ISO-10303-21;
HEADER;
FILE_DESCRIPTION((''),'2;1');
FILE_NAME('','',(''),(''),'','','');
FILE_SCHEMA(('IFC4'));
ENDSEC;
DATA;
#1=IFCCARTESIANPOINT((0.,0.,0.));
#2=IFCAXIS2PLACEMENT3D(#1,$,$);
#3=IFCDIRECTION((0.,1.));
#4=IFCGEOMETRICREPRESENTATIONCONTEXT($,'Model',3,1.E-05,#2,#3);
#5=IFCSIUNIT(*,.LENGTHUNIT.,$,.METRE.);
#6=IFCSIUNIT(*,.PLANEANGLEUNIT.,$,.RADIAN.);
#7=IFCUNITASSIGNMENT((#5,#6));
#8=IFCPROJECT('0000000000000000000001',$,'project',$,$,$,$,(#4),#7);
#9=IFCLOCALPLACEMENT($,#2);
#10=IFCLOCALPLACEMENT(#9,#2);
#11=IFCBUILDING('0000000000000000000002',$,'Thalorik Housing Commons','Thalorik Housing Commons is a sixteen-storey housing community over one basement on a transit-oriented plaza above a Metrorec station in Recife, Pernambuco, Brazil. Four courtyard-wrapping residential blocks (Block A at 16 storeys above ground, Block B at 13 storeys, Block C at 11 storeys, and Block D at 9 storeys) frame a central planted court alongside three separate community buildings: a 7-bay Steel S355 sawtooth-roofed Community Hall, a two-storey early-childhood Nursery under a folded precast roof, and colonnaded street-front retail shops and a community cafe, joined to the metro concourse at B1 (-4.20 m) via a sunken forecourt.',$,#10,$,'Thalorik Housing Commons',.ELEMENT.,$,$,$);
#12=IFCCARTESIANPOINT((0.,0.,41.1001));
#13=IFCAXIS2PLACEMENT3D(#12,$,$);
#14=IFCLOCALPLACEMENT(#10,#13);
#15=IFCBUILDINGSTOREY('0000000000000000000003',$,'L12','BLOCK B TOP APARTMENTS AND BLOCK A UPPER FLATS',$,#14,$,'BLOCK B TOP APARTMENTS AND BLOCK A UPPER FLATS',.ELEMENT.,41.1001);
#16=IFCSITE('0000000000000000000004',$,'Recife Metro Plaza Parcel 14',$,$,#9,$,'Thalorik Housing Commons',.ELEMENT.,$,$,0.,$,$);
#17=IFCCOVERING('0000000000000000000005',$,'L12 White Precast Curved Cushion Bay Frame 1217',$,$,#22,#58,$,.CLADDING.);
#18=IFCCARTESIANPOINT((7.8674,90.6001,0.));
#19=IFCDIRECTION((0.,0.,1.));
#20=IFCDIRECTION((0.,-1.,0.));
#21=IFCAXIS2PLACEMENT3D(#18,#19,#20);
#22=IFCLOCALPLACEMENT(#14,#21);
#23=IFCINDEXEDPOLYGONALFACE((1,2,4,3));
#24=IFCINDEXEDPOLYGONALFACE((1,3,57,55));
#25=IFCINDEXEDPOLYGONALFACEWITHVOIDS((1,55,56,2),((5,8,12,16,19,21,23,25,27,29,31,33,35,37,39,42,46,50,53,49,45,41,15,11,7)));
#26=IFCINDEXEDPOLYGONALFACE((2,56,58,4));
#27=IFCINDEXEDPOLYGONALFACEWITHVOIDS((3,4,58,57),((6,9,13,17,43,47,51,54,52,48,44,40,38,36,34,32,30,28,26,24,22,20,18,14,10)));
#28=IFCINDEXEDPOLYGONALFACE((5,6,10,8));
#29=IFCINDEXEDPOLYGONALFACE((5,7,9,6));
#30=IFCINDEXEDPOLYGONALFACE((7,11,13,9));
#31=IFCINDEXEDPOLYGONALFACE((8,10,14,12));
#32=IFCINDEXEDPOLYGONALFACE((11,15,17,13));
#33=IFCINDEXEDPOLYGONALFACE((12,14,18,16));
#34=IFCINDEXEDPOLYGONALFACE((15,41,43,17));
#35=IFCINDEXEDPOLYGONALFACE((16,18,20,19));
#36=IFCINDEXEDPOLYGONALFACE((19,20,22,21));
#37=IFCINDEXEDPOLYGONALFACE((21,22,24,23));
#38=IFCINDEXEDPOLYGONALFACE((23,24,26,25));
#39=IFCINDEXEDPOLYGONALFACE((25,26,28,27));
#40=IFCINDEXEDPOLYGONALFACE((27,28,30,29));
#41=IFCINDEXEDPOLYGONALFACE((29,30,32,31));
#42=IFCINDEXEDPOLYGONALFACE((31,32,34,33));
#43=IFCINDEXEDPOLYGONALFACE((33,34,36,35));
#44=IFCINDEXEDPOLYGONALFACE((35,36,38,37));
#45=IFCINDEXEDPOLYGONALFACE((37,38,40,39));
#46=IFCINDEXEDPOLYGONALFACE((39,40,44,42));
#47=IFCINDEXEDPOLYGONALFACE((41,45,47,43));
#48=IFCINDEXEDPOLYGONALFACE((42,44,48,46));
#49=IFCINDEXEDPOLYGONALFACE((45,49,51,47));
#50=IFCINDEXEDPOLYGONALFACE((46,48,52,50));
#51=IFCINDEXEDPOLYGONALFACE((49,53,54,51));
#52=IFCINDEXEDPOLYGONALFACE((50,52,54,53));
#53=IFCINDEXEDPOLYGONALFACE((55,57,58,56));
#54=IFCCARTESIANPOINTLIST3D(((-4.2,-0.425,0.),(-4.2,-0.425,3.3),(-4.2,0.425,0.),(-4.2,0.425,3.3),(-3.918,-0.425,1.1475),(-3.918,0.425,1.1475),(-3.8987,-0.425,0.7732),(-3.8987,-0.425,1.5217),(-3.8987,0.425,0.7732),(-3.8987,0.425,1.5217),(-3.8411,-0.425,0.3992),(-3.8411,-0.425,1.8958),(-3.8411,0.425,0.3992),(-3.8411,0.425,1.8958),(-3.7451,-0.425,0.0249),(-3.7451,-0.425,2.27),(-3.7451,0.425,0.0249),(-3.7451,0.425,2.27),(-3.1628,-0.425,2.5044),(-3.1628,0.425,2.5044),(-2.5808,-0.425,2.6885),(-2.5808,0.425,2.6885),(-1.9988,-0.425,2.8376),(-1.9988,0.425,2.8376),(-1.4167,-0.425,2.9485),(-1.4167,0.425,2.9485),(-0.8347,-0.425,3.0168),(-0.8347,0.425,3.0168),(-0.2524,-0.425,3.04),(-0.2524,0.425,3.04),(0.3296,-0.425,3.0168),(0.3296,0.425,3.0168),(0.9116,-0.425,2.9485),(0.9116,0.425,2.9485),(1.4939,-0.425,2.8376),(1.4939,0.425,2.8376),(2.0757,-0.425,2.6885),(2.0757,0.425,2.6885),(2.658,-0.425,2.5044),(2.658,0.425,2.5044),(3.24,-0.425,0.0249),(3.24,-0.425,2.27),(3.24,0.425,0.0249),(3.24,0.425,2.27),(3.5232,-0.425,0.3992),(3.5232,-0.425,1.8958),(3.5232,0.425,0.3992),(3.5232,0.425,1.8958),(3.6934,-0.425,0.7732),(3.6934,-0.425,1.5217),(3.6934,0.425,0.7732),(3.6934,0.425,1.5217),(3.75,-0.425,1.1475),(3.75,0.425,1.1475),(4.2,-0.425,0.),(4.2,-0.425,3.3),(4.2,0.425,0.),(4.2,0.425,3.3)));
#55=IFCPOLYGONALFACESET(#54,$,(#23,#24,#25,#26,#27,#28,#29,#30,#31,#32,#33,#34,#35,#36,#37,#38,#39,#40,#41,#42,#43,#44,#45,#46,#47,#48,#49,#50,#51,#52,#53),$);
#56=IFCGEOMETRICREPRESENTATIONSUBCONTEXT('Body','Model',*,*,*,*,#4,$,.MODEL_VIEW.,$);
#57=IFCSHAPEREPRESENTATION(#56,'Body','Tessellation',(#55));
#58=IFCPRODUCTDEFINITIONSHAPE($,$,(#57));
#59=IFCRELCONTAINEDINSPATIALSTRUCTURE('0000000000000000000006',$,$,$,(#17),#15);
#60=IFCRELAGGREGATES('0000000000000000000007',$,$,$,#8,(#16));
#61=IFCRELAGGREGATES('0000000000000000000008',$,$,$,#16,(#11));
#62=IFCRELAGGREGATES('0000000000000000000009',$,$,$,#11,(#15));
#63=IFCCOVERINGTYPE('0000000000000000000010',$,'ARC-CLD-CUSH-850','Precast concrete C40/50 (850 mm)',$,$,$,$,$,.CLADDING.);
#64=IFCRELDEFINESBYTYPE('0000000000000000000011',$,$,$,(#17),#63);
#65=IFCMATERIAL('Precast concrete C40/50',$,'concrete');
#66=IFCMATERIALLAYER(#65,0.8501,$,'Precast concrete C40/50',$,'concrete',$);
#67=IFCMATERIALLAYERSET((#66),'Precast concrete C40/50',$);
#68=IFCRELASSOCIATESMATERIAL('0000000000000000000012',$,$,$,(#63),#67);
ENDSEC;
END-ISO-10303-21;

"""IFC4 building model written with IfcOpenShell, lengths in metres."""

from ifc_helpers import new_model, si_unit, direction, frame, origin, place, context, subcontext, project, spatial, polyline, outline, extrude, material, layer, layer_set, type_object, element, save


model = new_model("IFC4")

# Units and contexts
model_context = context("Model", 3, precision=1e-05, world=origin(), true_north=direction((0.0, 1.0)))
body_context = subcontext(model_context, "Body", "Model", "MODEL_VIEW")
ifc_project = project(units=[si_unit("LENGTHUNIT", "METRE"), si_unit("PLANEANGLEUNIT", "RADIAN")], contexts=[model_context])

# Site, building, storey
site_placement = place(None, origin())
site = spatial("IfcSite", under=ifc_project, at=site_placement, Name="Recife Metro Plaza Parcel 14", LongName="Thalorik Housing Commons", CompositionType="ELEMENT", RefElevation=0.0)
building_placement = place(site_placement, origin())
building = spatial("IfcBuilding", under=site, at=building_placement, Name="Thalorik Housing Commons", Description="Thalorik Housing Commons is a sixteen-storey housing community over one basement on a transit-oriented plaza above a Metrorec station in Recife, Pernambuco, Brazil. Four courtyard-wrapping residential blocks (Block A at 16 storeys above ground, Block B at 13 storeys, Block C at 11 storeys, and Block D at 9 storeys) frame a central planted court alongside three separate community buildings: a 7-bay Steel S355 sawtooth-roofed Community Hall, a two-storey early-childhood Nursery under a folded precast roof, and colonnaded street-front retail shops and a community cafe, joined to the metro concourse at B1 (-4.20 m) via a sunken forecourt.", LongName="Thalorik Housing Commons", CompositionType="ELEMENT")
storey_placement = place(building_placement, frame((0.0, 0.0, 41.1001)))
storey = spatial("IfcBuildingStorey", under=building, at=storey_placement, Name="L12", Description="BLOCK B TOP APARTMENTS AND BLOCK A UPPER FLATS", LongName="BLOCK B TOP APARTMENTS AND BLOCK A UPPER FLATS", CompositionType="ELEMENT", Elevation=41.1001)

# Shared definitions
ifc_material_1 = material(Name="Precast concrete C40/50", Category="concrete")

# Covering
ifc_layer_1 = layer(ifc_material_1, 0.8501, Name="Precast concrete C40/50", Category="concrete")
ifc_layer_set_1 = layer_set([ifc_layer_1], Name="Precast concrete C40/50")
covering_type = type_object("IfcCoveringType", Name="ARC-CLD-CUSH-850", Description="Precast concrete C40/50 (850 mm)", PredefinedType="CLADDING", material=ifc_layer_set_1)
covering_placement = place(storey_placement, frame((7.8674, 90.6001, 0.0), z_axis=(0.0, 0.0, 1.0), x_axis=(0.0, -1.0, 0.0)))
element("IfcCovering", 1, at=covering_placement, inside=storey, type_object=covering_type, Name="L12 White Precast Curved Cushion Bay Frame 1217", PredefinedType="CLADDING", context=body_context, shape_type="SweptSolid", body=[
    extrude(outline(polyline([(-4.2, 0.0), (4.2, 0.0), (4.2, 3.3), (-4.2, 3.3), (-4.2, 0.0)]), holes=[polyline([(3.24, 0.0249), (3.5232, 0.3992), (3.6934, 0.7732), (3.75, 1.1475), (3.6934, 1.5217), (3.5232, 1.8958), (3.24, 2.27), (2.658, 2.5044), (2.0757, 2.6885), (1.4939, 2.8376), (0.9116, 2.9485), (0.3296, 3.0168), (-0.2524, 3.04), (-0.8347, 3.0168), (-1.4167, 2.9485), (-1.9988, 2.8376), (-2.5808, 2.6885), (-3.1628, 2.5044), (-3.7451, 2.27), (-3.8411, 1.8958), (-3.8987, 1.5217), (-3.918, 1.1475), (-3.8987, 0.7732), (-3.8411, 0.3992), (-3.7451, 0.0249), (3.24, 0.0249)])]), frame((0.0, 0.425, 0.0), z_axis=(0.0, -1.0, 0.0), x_axis=(1.0, 0.0, 0.0)), (0.0, 0.0, 1.0), 0.8501),
])

save(model, "model.ifc")
